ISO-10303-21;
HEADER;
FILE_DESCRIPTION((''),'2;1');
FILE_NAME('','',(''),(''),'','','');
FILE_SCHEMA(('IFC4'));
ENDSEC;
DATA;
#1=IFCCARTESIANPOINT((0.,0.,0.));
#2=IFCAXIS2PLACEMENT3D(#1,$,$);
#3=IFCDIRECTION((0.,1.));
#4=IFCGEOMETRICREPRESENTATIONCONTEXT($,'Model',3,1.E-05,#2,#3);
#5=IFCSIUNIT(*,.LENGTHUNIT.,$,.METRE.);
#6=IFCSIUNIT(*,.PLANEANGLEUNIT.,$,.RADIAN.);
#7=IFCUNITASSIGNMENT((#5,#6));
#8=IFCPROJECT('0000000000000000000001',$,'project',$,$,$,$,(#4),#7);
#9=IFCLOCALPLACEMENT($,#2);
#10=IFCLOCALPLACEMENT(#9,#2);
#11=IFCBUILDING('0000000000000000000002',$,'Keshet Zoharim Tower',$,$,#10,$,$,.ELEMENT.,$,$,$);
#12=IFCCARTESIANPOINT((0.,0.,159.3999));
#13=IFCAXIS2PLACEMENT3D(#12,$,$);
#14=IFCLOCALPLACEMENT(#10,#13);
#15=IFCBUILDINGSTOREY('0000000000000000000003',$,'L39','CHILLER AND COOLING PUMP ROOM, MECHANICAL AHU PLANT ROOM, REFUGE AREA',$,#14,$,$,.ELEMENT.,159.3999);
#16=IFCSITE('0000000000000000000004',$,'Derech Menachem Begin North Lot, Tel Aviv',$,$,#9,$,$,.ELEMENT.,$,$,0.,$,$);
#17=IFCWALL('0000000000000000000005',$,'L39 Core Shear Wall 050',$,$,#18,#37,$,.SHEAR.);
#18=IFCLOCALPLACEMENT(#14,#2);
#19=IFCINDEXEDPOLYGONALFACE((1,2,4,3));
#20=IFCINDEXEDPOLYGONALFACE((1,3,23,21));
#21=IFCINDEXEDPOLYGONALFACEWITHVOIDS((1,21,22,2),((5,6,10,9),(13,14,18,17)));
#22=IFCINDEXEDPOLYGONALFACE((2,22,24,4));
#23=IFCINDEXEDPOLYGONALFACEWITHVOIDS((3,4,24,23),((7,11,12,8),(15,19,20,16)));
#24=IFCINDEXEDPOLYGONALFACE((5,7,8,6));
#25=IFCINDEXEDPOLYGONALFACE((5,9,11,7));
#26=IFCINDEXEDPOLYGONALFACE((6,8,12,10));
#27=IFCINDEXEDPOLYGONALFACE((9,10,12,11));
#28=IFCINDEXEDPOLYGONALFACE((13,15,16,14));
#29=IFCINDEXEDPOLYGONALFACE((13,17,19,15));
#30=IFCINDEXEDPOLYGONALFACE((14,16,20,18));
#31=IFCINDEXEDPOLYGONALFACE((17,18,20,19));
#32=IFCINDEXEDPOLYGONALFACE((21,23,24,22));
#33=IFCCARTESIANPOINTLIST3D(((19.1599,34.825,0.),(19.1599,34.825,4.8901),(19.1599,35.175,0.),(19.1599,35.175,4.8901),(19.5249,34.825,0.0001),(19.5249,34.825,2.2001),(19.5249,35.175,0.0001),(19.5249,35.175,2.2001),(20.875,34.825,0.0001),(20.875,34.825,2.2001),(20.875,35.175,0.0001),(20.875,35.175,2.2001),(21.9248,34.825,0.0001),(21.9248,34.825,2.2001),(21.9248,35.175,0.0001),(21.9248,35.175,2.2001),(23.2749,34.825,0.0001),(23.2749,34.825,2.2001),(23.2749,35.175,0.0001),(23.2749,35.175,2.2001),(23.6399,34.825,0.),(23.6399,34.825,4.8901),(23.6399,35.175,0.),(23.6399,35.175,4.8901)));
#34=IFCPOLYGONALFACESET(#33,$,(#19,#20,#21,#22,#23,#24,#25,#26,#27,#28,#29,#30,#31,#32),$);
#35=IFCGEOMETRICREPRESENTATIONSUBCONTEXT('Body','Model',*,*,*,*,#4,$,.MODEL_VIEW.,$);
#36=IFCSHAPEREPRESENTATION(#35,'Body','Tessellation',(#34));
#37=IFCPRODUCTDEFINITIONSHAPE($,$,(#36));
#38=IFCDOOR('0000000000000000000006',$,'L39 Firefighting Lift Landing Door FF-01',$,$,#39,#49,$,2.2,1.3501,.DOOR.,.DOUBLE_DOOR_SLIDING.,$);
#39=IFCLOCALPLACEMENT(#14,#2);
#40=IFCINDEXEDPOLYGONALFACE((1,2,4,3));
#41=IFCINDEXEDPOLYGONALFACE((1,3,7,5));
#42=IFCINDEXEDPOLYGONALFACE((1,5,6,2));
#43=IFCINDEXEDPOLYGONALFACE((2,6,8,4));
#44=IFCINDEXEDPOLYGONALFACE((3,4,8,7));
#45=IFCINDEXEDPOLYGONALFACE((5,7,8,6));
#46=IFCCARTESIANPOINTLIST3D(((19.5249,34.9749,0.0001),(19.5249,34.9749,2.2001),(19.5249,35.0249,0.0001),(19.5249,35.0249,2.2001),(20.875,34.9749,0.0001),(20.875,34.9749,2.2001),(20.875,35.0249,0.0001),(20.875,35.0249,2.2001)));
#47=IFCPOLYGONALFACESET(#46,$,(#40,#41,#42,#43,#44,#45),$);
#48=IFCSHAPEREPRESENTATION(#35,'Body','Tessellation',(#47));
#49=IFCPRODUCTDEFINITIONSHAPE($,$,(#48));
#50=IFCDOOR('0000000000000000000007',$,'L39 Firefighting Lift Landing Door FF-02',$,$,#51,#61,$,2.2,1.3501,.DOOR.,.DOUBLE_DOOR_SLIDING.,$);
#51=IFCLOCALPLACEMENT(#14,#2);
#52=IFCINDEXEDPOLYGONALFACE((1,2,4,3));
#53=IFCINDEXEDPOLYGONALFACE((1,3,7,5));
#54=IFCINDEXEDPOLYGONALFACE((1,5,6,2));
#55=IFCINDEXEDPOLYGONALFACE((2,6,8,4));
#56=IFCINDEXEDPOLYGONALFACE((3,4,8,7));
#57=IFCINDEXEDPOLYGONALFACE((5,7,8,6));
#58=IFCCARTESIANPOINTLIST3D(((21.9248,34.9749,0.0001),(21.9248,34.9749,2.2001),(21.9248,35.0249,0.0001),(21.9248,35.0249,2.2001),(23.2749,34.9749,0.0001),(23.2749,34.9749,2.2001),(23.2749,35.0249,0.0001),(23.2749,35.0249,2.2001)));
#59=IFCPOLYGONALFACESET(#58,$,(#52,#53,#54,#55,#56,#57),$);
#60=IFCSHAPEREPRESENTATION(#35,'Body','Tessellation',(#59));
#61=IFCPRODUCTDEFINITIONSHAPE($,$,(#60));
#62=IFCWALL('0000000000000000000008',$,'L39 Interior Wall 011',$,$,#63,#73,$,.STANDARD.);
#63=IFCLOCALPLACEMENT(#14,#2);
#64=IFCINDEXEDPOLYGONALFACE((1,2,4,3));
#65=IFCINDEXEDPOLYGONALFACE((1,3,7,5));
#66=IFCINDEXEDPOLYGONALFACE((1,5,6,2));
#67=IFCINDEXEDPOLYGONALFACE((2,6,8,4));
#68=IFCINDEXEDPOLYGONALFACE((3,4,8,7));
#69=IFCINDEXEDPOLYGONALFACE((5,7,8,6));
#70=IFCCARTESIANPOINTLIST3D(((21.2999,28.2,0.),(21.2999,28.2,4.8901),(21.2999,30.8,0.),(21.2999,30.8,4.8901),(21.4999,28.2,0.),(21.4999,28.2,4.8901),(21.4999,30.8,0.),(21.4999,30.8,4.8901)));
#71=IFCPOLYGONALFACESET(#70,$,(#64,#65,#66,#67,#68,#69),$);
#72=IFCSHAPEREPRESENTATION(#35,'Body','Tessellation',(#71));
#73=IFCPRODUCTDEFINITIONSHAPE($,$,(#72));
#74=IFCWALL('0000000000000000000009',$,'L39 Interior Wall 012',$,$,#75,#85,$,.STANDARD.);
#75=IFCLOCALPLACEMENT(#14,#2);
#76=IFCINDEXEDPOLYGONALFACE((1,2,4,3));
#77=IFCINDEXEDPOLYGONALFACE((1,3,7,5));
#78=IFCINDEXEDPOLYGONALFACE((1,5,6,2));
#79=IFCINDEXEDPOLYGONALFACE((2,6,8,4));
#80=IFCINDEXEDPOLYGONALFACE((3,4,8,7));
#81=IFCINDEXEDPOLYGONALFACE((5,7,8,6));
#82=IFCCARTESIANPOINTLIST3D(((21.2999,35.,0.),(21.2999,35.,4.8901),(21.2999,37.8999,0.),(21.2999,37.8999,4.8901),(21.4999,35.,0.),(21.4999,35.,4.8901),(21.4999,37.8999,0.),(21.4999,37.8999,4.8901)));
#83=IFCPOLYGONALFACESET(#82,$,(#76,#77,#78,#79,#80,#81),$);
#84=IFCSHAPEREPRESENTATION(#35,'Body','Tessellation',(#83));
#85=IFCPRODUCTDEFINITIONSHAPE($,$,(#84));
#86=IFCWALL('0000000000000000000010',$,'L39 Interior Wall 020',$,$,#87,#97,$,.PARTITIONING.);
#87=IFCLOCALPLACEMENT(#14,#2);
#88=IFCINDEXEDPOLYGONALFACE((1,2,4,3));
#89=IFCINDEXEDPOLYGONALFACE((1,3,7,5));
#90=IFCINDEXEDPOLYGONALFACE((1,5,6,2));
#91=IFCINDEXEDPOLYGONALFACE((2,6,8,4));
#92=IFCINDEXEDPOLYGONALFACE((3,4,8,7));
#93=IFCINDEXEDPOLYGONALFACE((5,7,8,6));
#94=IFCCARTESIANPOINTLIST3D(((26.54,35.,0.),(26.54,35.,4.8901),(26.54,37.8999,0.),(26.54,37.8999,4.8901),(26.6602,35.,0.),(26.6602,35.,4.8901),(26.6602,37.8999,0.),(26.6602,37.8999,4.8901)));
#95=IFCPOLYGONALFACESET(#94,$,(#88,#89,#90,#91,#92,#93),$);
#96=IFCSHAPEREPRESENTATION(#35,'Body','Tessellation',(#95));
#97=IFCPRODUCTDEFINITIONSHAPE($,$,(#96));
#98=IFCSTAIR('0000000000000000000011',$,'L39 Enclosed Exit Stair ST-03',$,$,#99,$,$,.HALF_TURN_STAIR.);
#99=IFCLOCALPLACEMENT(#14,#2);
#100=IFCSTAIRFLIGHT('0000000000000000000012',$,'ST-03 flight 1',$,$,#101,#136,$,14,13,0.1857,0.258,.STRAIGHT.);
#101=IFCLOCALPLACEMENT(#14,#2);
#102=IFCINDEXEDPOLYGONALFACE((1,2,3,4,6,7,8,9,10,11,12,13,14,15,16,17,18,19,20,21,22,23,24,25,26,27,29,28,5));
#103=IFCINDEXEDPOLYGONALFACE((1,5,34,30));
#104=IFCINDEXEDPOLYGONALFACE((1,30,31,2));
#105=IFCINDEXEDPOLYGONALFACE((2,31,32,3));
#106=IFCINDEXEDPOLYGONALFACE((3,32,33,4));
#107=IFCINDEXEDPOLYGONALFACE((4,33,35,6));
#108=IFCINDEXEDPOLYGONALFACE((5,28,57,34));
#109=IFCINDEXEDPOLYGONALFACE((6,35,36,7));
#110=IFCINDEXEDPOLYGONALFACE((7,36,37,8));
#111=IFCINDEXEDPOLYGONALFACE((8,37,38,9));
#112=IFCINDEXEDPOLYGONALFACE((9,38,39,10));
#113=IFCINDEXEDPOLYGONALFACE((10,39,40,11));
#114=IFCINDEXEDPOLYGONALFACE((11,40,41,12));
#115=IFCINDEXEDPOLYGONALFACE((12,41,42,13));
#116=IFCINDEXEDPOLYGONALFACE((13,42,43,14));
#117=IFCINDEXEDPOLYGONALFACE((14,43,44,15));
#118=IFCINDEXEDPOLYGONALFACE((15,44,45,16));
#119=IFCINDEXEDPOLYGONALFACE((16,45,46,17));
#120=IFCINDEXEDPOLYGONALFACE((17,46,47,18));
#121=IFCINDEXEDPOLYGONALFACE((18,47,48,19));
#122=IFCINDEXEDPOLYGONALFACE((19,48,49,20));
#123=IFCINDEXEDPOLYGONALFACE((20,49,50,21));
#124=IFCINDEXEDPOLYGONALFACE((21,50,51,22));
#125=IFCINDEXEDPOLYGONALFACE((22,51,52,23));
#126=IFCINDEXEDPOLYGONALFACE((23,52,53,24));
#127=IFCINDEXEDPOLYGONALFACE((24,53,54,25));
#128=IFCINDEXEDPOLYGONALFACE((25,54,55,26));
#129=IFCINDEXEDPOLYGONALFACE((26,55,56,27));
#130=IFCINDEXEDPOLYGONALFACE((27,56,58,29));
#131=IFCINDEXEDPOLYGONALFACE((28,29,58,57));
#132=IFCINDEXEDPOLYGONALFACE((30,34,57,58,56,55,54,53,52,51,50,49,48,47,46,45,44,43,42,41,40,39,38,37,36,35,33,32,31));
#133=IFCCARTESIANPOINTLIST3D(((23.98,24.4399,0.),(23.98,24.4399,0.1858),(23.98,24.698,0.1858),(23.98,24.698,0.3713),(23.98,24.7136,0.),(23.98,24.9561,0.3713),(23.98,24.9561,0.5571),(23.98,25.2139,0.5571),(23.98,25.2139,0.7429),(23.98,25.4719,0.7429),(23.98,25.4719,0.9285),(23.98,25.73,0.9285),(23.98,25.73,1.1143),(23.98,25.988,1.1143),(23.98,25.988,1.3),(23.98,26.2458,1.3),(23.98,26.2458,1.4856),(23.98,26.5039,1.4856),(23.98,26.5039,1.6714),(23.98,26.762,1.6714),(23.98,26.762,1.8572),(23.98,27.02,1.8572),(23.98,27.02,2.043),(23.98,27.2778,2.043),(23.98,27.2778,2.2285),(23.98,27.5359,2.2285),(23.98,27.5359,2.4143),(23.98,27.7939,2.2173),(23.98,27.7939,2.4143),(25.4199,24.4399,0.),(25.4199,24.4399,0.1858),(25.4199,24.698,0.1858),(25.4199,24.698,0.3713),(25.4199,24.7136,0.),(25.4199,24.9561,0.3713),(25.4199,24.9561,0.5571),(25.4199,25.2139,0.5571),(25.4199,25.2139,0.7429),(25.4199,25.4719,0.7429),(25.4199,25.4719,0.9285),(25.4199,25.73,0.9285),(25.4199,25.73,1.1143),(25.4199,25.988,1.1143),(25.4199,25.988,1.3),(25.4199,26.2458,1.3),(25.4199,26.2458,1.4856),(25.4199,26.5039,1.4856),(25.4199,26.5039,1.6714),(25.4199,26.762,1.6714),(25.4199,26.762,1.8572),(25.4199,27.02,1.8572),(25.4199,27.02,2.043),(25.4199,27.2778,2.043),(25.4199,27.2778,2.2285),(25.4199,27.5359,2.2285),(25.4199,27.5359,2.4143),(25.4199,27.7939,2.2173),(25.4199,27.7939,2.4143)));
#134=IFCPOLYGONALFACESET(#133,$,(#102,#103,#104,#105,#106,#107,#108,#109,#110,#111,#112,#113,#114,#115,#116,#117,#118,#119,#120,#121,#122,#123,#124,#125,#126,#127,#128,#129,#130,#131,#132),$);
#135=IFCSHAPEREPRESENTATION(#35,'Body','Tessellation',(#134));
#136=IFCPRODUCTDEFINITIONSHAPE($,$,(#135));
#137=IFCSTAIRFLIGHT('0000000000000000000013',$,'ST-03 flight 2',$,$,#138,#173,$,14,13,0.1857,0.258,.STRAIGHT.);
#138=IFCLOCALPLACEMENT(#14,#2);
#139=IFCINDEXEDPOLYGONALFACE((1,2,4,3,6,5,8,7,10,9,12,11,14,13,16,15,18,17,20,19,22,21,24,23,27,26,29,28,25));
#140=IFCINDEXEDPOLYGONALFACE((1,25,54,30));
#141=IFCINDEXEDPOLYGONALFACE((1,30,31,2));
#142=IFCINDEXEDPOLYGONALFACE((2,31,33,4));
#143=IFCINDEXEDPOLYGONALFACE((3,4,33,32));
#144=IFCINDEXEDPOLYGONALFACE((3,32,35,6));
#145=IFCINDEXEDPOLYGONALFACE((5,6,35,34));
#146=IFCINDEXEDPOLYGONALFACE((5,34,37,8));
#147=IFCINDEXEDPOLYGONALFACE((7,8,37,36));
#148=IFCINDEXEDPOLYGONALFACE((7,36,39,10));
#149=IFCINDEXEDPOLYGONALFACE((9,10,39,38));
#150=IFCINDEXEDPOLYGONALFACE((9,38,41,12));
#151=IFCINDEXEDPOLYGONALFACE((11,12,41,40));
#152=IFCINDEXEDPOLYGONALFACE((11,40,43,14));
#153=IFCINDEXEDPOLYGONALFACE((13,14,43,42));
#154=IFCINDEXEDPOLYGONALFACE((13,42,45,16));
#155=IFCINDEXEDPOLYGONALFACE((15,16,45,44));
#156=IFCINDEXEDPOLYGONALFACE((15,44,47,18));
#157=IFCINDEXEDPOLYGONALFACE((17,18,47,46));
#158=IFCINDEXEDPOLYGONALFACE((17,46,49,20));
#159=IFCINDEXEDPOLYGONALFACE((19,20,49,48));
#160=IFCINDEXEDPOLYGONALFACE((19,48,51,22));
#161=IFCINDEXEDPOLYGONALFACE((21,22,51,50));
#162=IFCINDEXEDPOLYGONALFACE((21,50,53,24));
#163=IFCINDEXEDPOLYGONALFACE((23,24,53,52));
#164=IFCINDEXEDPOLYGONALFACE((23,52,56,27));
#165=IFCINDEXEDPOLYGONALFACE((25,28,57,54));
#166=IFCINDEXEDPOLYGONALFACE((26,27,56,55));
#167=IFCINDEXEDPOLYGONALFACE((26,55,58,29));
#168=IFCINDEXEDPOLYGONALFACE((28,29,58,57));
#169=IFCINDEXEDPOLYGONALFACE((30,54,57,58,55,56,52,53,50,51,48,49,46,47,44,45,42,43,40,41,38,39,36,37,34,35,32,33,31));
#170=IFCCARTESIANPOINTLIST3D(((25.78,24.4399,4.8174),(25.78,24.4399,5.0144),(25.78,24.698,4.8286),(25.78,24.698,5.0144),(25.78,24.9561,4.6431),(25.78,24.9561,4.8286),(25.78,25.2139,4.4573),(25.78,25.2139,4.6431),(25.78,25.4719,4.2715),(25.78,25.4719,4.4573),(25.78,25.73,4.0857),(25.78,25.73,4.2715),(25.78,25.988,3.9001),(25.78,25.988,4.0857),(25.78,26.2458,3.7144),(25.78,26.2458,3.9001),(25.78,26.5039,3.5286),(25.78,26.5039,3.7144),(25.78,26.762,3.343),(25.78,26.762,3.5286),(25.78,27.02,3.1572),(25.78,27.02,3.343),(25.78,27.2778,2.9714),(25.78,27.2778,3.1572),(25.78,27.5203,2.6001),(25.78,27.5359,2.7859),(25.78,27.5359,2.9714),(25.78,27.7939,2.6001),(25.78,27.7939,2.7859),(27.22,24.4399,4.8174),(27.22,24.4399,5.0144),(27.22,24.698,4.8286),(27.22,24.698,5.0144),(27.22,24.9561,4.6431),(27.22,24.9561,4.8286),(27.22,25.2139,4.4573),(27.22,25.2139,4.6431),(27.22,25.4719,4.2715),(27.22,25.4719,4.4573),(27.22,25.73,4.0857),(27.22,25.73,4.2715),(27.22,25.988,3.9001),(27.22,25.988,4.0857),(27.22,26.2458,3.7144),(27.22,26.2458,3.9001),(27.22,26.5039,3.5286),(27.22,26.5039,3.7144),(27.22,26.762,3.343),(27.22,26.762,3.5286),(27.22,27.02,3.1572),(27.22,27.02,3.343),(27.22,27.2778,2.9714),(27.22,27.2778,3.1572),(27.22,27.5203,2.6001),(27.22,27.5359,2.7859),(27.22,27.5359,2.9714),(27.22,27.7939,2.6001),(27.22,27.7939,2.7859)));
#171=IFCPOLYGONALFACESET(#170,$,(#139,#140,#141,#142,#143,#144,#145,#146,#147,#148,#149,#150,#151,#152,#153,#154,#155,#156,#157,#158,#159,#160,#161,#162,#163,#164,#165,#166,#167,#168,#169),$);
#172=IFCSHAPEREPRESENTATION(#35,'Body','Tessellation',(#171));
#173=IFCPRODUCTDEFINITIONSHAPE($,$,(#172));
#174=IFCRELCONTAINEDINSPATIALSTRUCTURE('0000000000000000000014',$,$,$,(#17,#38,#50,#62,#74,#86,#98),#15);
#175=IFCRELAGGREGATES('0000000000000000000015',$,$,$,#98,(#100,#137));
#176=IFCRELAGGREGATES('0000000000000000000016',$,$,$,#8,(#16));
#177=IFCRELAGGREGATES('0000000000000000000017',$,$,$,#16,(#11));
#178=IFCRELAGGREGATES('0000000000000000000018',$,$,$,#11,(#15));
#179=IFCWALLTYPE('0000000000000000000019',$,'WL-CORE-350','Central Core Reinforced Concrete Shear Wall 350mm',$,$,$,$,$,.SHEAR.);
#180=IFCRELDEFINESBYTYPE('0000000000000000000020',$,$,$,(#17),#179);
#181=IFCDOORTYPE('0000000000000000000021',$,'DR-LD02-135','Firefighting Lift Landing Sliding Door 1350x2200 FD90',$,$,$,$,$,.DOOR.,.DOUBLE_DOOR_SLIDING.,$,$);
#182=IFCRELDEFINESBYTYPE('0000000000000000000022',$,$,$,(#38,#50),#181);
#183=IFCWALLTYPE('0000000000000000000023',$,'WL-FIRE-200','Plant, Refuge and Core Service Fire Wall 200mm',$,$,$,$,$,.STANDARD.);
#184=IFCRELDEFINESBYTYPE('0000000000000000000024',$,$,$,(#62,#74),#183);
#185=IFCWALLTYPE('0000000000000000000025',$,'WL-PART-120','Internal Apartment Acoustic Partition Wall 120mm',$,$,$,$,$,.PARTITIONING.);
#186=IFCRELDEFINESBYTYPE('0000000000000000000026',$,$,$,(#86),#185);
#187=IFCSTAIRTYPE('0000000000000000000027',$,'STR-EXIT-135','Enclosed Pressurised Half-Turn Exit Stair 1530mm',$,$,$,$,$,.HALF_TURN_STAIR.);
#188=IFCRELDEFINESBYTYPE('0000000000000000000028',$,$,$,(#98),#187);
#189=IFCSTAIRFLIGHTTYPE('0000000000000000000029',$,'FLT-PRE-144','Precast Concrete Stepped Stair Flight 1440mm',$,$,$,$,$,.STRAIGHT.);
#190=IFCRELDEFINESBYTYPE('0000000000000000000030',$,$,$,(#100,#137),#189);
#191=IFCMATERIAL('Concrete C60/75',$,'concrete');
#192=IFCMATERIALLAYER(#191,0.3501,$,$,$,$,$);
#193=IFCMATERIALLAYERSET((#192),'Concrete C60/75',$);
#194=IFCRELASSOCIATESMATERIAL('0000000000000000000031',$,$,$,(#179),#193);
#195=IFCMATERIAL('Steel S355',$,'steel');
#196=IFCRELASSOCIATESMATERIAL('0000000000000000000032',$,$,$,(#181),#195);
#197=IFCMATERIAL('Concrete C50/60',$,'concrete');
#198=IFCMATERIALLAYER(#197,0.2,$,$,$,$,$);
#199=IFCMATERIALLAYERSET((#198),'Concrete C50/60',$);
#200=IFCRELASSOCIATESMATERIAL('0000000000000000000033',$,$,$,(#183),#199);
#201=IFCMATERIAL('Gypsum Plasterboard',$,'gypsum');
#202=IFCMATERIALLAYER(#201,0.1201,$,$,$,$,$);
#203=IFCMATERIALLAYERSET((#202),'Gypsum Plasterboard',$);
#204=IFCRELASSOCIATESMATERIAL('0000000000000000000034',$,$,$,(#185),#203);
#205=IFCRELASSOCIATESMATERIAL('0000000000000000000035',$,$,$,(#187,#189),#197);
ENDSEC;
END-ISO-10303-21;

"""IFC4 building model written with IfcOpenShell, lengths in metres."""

from ifc_helpers import new_model, si_unit, direction, frame, frame_2d, origin, place, context, subcontext, project, spatial, polyline, rectangle, outline, extrude, material, layer, layer_set, type_object, element, fill, aggregate, save


model = new_model("IFC4")

# Units and contexts
model_context = context("Model", 3, precision=1e-05, world=origin(), true_north=direction((0.0, 1.0)))
body_context = subcontext(model_context, "Body", "Model", "MODEL_VIEW")
ifc_project = project(units=[si_unit("LENGTHUNIT", "METRE"), si_unit("PLANEANGLEUNIT", "RADIAN")], contexts=[model_context])

# Site, building, storey
site_placement = place(None, origin())
site = spatial("IfcSite", under=ifc_project, at=site_placement, Name="Derech Menachem Begin North Lot, Tel Aviv", CompositionType="ELEMENT", RefElevation=0.0)
building_placement = place(site_placement, origin())
building = spatial("IfcBuilding", under=site, at=building_placement, Name="Keshet Zoharim Tower", CompositionType="ELEMENT")
storey_placement = place(building_placement, frame((0.0, 0.0, 159.3999)))
storey = spatial("IfcBuildingStorey", under=building, at=storey_placement, Name="L39", Description="CHILLER AND COOLING PUMP ROOM, MECHANICAL AHU PLANT ROOM, REFUGE AREA", CompositionType="ELEMENT", Elevation=159.3999)

# Shared definitions
ifc_material_1 = material(Name="Concrete C60/75", Category="concrete")
ifc_layer_1 = layer(ifc_material_1, 0.3501)
ifc_layer_set_1 = layer_set([ifc_layer_1], Name="Concrete C60/75")
wall_type_1 = type_object("IfcWallType", Name="WL-CORE-350", Description="Central Core Reinforced Concrete Shear Wall 350mm", PredefinedType="SHEAR", material=ifc_layer_set_1)

# Shared definitions
ifc_material_2 = material(Name="Steel S355", Category="steel")

# Wall, openings, doors
wall_1_placement = place(storey_placement, frame((19.1599, 35.0, 0.0), z_axis=(0.0, 0.0, 1.0), x_axis=(1.0, 0.0, 0.0)))
wall_1 = element("IfcWall", 1, at=wall_1_placement, inside=storey, type_object=wall_type_1, Name="L39 Core Shear Wall 050", PredefinedType="SHEAR", context=body_context, shape_type="SweptSolid", body=[
    extrude(rectangle(XDim=4.48, YDim=0.3501, at=frame_2d((2.24, 0.0))), origin(), (0.0, 0.0, 1.0), 4.8901),
])
opening_1_placement = place(wall_1_placement, frame((0.365, 0.0, 0.0)))
opening_1 = element("IfcOpeningElement", 2, at=opening_1_placement, cuts=wall_1, PredefinedType="OPENING", context=body_context, shape_type="SweptSolid", body=[
    extrude(rectangle(XDim=1.3501, YDim=2.2, at=frame_2d((0.675, 1.1001))), frame((0.0, 0.1851, 0.0), z_axis=(0.0, -1.0, 0.0), x_axis=(1.0, 0.0, 0.0)), (0.0, 0.0, 1.0), 0.3701),
])
opening_2_placement = place(wall_1_placement, frame((2.7649, 0.0, 0.0)))
opening_2 = element("IfcOpeningElement", 3, at=opening_2_placement, cuts=wall_1, PredefinedType="OPENING", context=body_context, shape_type="SweptSolid", body=[
    extrude(rectangle(XDim=1.3501, YDim=2.2, at=frame_2d((0.675, 1.1001))), frame((0.0, 0.1851, 0.0), z_axis=(0.0, -1.0, 0.0), x_axis=(1.0, 0.0, 0.0)), (0.0, 0.0, 1.0), 0.3701),
])
door_type_1 = type_object("IfcDoorType", Name="DR-LD02-135", Description="Firefighting Lift Landing Sliding Door 1350x2200 FD90", OperationType="DOUBLE_DOOR_SLIDING", PredefinedType="DOOR", material=ifc_material_2)
door_1_placement = place(opening_1_placement, origin())
door_1 = element("IfcDoor", 4, at=door_1_placement, inside=storey, type_object=door_type_1, Name="L39 Firefighting Lift Landing Door FF-01", OperationType="DOUBLE_DOOR_SLIDING", OverallHeight=2.2, OverallWidth=1.3501, PredefinedType="DOOR", context=body_context, shape_type="SweptSolid", body=[
    extrude(rectangle(XDim=1.3501, YDim=2.2, at=frame_2d((0.675, 1.1001))), frame((0.0, 0.0249, 0.0), z_axis=(0.0, -1.0, 0.0), x_axis=(1.0, 0.0, 0.0)), (0.0, 0.0, 1.0), 0.05),
])
fill(opening_1, door_1)
door_2_placement = place(opening_2_placement, origin())
door_2 = element("IfcDoor", 5, at=door_2_placement, inside=storey, type_object=door_type_1, Name="L39 Firefighting Lift Landing Door FF-02", OperationType="DOUBLE_DOOR_SLIDING", OverallHeight=2.2, OverallWidth=1.3501, PredefinedType="DOOR", context=body_context, shape_type="SweptSolid", body=[
    extrude(rectangle(XDim=1.3501, YDim=2.2, at=frame_2d((0.675, 1.1001))), frame((0.0, 0.0249, 0.0), z_axis=(0.0, -1.0, 0.0), x_axis=(1.0, 0.0, 0.0)), (0.0, 0.0, 1.0), 0.05),
])
fill(opening_2, door_2)

# Walls
ifc_material_3 = material(Name="Concrete C50/60", Category="concrete")
ifc_layer_2 = layer(ifc_material_3, 0.2)
ifc_layer_set_2 = layer_set([ifc_layer_2], Name="Concrete C50/60")
wall_type_2 = type_object("IfcWallType", Name="WL-FIRE-200", Description="Plant, Refuge and Core Service Fire Wall 200mm", PredefinedType="STANDARD", material=ifc_layer_set_2)
wall_2_placement = place(storey_placement, frame((21.3999, 28.2, 0.0), z_axis=(0.0, 0.0, 1.0), x_axis=(0.0, 1.0, 0.0)))
element("IfcWall", 6, at=wall_2_placement, inside=storey, type_object=wall_type_2, Name="L39 Interior Wall 011", PredefinedType="STANDARD", context=body_context, shape_type="SweptSolid", body=[
    extrude(rectangle(XDim=2.6001, YDim=0.2, at=frame_2d((1.3, 0.0))), origin(), (0.0, 0.0, 1.0), 4.8901),
])
wall_3_placement = place(storey_placement, frame((21.3999, 35.0, 0.0), z_axis=(0.0, 0.0, 1.0), x_axis=(0.0, 1.0, 0.0)))
element("IfcWall", 7, at=wall_3_placement, inside=storey, type_object=wall_type_2, Name="L39 Interior Wall 012", PredefinedType="STANDARD", context=body_context, shape_type="SweptSolid", body=[
    extrude(rectangle(XDim=2.8999, YDim=0.2, at=frame_2d((1.45, 0.0))), origin(), (0.0, 0.0, 1.0), 4.8901),
])
ifc_material_4 = material(Name="Gypsum Plasterboard", Category="gypsum")
ifc_layer_3 = layer(ifc_material_4, 0.1201)
ifc_layer_set_3 = layer_set([ifc_layer_3], Name="Gypsum Plasterboard")
wall_type_3 = type_object("IfcWallType", Name="WL-PART-120", Description="Internal Apartment Acoustic Partition Wall 120mm", PredefinedType="PARTITIONING", material=ifc_layer_set_3)
wall_4_placement = place(storey_placement, frame((26.6001, 35.0, 0.0), z_axis=(0.0, 0.0, 1.0), x_axis=(0.0, 1.0, 0.0)))
element("IfcWall", 8, at=wall_4_placement, inside=storey, type_object=wall_type_3, Name="L39 Interior Wall 020", PredefinedType="PARTITIONING", context=body_context, shape_type="SweptSolid", body=[
    extrude(rectangle(XDim=2.8999, YDim=0.1201, at=frame_2d((1.45, 0.0))), origin(), (0.0, 0.0, 1.0), 4.8901),
])

# Stair, stair flights
stair_type = type_object("IfcStairType", Name="STR-EXIT-135", Description="Enclosed Pressurised Half-Turn Exit Stair 1530mm", PredefinedType="HALF_TURN_STAIR", material=ifc_material_3)
stair_placement = place(storey_placement, origin())
stair = element("IfcStair", 9, at=stair_placement, inside=storey, type_object=stair_type, Name="L39 Enclosed Exit Stair ST-03", PredefinedType="HALF_TURN_STAIR")
stair_flight_type = type_object("IfcStairFlightType", Name="FLT-PRE-144", Description="Precast Concrete Stepped Stair Flight 1440mm", PredefinedType="STRAIGHT", material=ifc_material_3)
stair_flight_1_placement = place(storey_placement, frame((24.7, 24.4399, 0.0), z_axis=(0.0, 0.0, 1.0), x_axis=(0.0, 1.0, 0.0)))
stair_flight_1 = element("IfcStairFlight", 10, at=stair_flight_1_placement, type_object=stair_flight_type, Name="ST-03 flight 1", NumberOfRisers=14, NumberOfTreads=13, PredefinedType="STRAIGHT", RiserHeight=0.1857, TreadLength=0.258, context=body_context, shape_type="SweptSolid", body=[
    extrude(outline(polyline([(0.0, 0.0), (0.0, 0.1858), (0.2581, 0.1858), (0.2581, 0.3713), (0.5161, 0.3713), (0.5161, 0.5571), (0.7739, 0.5571), (0.7739, 0.7429), (1.032, 0.7429), (1.032, 0.9285), (1.29, 0.9285), (1.29, 1.1143), (1.5481, 1.1143), (1.5481, 1.3), (1.8059, 1.3), (1.8059, 1.4856), (2.064, 1.4856), (2.064, 1.6714), (2.322, 1.6714), (2.322, 1.8572), (2.5801, 1.8572), (2.5801, 2.043), (2.8379, 2.043), (2.8379, 2.2285), (3.0959, 2.2285), (3.0959, 2.4143), (3.354, 2.4143), (3.354, 2.6001), (3.354, 2.2173), (0.2737, 0.0), (0.0, 0.0)])), frame((0.0, 0.72, 0.0), z_axis=(0.0, -1.0, 0.0), x_axis=(1.0, 0.0, 0.0)), (0.0, 0.0, 1.0), 1.4399),
])
stair_flight_2_placement = place(storey_placement, frame((26.5, 27.7939, 2.6001), z_axis=(0.0, 0.0, 1.0), x_axis=(0.0, -1.0, 0.0)))
stair_flight_2 = element("IfcStairFlight", 11, at=stair_flight_2_placement, type_object=stair_flight_type, Name="ST-03 flight 2", NumberOfRisers=14, NumberOfTreads=13, PredefinedType="STRAIGHT", RiserHeight=0.1857, TreadLength=0.258, context=body_context, shape_type="SweptSolid", body=[
    extrude(outline(polyline([(0.0, 0.0), (0.0, 0.1858), (0.2581, 0.1858), (0.2581, 0.3713), (0.5161, 0.3713), (0.5161, 0.5571), (0.7739, 0.5571), (0.7739, 0.7429), (1.032, 0.7429), (1.032, 0.9285), (1.29, 0.9285), (1.29, 1.1143), (1.5481, 1.1143), (1.5481, 1.3), (1.8059, 1.3), (1.8059, 1.4856), (2.064, 1.4856), (2.064, 1.6714), (2.322, 1.6714), (2.322, 1.8572), (2.5801, 1.8572), (2.5801, 2.043), (2.8379, 2.043), (2.8379, 2.2285), (3.0959, 2.2285), (3.0959, 2.4143), (3.354, 2.4143), (3.354, 2.6001), (3.354, 2.2173), (0.2737, 0.0), (0.0, 0.0)])), frame((0.0, 0.72, 0.0), z_axis=(0.0, -1.0, 0.0), x_axis=(1.0, 0.0, 0.0)), (0.0, 0.0, 1.0), 1.4399),
])
aggregate(stair, [stair_flight_1, stair_flight_2])

save(model, "model.ifc")
